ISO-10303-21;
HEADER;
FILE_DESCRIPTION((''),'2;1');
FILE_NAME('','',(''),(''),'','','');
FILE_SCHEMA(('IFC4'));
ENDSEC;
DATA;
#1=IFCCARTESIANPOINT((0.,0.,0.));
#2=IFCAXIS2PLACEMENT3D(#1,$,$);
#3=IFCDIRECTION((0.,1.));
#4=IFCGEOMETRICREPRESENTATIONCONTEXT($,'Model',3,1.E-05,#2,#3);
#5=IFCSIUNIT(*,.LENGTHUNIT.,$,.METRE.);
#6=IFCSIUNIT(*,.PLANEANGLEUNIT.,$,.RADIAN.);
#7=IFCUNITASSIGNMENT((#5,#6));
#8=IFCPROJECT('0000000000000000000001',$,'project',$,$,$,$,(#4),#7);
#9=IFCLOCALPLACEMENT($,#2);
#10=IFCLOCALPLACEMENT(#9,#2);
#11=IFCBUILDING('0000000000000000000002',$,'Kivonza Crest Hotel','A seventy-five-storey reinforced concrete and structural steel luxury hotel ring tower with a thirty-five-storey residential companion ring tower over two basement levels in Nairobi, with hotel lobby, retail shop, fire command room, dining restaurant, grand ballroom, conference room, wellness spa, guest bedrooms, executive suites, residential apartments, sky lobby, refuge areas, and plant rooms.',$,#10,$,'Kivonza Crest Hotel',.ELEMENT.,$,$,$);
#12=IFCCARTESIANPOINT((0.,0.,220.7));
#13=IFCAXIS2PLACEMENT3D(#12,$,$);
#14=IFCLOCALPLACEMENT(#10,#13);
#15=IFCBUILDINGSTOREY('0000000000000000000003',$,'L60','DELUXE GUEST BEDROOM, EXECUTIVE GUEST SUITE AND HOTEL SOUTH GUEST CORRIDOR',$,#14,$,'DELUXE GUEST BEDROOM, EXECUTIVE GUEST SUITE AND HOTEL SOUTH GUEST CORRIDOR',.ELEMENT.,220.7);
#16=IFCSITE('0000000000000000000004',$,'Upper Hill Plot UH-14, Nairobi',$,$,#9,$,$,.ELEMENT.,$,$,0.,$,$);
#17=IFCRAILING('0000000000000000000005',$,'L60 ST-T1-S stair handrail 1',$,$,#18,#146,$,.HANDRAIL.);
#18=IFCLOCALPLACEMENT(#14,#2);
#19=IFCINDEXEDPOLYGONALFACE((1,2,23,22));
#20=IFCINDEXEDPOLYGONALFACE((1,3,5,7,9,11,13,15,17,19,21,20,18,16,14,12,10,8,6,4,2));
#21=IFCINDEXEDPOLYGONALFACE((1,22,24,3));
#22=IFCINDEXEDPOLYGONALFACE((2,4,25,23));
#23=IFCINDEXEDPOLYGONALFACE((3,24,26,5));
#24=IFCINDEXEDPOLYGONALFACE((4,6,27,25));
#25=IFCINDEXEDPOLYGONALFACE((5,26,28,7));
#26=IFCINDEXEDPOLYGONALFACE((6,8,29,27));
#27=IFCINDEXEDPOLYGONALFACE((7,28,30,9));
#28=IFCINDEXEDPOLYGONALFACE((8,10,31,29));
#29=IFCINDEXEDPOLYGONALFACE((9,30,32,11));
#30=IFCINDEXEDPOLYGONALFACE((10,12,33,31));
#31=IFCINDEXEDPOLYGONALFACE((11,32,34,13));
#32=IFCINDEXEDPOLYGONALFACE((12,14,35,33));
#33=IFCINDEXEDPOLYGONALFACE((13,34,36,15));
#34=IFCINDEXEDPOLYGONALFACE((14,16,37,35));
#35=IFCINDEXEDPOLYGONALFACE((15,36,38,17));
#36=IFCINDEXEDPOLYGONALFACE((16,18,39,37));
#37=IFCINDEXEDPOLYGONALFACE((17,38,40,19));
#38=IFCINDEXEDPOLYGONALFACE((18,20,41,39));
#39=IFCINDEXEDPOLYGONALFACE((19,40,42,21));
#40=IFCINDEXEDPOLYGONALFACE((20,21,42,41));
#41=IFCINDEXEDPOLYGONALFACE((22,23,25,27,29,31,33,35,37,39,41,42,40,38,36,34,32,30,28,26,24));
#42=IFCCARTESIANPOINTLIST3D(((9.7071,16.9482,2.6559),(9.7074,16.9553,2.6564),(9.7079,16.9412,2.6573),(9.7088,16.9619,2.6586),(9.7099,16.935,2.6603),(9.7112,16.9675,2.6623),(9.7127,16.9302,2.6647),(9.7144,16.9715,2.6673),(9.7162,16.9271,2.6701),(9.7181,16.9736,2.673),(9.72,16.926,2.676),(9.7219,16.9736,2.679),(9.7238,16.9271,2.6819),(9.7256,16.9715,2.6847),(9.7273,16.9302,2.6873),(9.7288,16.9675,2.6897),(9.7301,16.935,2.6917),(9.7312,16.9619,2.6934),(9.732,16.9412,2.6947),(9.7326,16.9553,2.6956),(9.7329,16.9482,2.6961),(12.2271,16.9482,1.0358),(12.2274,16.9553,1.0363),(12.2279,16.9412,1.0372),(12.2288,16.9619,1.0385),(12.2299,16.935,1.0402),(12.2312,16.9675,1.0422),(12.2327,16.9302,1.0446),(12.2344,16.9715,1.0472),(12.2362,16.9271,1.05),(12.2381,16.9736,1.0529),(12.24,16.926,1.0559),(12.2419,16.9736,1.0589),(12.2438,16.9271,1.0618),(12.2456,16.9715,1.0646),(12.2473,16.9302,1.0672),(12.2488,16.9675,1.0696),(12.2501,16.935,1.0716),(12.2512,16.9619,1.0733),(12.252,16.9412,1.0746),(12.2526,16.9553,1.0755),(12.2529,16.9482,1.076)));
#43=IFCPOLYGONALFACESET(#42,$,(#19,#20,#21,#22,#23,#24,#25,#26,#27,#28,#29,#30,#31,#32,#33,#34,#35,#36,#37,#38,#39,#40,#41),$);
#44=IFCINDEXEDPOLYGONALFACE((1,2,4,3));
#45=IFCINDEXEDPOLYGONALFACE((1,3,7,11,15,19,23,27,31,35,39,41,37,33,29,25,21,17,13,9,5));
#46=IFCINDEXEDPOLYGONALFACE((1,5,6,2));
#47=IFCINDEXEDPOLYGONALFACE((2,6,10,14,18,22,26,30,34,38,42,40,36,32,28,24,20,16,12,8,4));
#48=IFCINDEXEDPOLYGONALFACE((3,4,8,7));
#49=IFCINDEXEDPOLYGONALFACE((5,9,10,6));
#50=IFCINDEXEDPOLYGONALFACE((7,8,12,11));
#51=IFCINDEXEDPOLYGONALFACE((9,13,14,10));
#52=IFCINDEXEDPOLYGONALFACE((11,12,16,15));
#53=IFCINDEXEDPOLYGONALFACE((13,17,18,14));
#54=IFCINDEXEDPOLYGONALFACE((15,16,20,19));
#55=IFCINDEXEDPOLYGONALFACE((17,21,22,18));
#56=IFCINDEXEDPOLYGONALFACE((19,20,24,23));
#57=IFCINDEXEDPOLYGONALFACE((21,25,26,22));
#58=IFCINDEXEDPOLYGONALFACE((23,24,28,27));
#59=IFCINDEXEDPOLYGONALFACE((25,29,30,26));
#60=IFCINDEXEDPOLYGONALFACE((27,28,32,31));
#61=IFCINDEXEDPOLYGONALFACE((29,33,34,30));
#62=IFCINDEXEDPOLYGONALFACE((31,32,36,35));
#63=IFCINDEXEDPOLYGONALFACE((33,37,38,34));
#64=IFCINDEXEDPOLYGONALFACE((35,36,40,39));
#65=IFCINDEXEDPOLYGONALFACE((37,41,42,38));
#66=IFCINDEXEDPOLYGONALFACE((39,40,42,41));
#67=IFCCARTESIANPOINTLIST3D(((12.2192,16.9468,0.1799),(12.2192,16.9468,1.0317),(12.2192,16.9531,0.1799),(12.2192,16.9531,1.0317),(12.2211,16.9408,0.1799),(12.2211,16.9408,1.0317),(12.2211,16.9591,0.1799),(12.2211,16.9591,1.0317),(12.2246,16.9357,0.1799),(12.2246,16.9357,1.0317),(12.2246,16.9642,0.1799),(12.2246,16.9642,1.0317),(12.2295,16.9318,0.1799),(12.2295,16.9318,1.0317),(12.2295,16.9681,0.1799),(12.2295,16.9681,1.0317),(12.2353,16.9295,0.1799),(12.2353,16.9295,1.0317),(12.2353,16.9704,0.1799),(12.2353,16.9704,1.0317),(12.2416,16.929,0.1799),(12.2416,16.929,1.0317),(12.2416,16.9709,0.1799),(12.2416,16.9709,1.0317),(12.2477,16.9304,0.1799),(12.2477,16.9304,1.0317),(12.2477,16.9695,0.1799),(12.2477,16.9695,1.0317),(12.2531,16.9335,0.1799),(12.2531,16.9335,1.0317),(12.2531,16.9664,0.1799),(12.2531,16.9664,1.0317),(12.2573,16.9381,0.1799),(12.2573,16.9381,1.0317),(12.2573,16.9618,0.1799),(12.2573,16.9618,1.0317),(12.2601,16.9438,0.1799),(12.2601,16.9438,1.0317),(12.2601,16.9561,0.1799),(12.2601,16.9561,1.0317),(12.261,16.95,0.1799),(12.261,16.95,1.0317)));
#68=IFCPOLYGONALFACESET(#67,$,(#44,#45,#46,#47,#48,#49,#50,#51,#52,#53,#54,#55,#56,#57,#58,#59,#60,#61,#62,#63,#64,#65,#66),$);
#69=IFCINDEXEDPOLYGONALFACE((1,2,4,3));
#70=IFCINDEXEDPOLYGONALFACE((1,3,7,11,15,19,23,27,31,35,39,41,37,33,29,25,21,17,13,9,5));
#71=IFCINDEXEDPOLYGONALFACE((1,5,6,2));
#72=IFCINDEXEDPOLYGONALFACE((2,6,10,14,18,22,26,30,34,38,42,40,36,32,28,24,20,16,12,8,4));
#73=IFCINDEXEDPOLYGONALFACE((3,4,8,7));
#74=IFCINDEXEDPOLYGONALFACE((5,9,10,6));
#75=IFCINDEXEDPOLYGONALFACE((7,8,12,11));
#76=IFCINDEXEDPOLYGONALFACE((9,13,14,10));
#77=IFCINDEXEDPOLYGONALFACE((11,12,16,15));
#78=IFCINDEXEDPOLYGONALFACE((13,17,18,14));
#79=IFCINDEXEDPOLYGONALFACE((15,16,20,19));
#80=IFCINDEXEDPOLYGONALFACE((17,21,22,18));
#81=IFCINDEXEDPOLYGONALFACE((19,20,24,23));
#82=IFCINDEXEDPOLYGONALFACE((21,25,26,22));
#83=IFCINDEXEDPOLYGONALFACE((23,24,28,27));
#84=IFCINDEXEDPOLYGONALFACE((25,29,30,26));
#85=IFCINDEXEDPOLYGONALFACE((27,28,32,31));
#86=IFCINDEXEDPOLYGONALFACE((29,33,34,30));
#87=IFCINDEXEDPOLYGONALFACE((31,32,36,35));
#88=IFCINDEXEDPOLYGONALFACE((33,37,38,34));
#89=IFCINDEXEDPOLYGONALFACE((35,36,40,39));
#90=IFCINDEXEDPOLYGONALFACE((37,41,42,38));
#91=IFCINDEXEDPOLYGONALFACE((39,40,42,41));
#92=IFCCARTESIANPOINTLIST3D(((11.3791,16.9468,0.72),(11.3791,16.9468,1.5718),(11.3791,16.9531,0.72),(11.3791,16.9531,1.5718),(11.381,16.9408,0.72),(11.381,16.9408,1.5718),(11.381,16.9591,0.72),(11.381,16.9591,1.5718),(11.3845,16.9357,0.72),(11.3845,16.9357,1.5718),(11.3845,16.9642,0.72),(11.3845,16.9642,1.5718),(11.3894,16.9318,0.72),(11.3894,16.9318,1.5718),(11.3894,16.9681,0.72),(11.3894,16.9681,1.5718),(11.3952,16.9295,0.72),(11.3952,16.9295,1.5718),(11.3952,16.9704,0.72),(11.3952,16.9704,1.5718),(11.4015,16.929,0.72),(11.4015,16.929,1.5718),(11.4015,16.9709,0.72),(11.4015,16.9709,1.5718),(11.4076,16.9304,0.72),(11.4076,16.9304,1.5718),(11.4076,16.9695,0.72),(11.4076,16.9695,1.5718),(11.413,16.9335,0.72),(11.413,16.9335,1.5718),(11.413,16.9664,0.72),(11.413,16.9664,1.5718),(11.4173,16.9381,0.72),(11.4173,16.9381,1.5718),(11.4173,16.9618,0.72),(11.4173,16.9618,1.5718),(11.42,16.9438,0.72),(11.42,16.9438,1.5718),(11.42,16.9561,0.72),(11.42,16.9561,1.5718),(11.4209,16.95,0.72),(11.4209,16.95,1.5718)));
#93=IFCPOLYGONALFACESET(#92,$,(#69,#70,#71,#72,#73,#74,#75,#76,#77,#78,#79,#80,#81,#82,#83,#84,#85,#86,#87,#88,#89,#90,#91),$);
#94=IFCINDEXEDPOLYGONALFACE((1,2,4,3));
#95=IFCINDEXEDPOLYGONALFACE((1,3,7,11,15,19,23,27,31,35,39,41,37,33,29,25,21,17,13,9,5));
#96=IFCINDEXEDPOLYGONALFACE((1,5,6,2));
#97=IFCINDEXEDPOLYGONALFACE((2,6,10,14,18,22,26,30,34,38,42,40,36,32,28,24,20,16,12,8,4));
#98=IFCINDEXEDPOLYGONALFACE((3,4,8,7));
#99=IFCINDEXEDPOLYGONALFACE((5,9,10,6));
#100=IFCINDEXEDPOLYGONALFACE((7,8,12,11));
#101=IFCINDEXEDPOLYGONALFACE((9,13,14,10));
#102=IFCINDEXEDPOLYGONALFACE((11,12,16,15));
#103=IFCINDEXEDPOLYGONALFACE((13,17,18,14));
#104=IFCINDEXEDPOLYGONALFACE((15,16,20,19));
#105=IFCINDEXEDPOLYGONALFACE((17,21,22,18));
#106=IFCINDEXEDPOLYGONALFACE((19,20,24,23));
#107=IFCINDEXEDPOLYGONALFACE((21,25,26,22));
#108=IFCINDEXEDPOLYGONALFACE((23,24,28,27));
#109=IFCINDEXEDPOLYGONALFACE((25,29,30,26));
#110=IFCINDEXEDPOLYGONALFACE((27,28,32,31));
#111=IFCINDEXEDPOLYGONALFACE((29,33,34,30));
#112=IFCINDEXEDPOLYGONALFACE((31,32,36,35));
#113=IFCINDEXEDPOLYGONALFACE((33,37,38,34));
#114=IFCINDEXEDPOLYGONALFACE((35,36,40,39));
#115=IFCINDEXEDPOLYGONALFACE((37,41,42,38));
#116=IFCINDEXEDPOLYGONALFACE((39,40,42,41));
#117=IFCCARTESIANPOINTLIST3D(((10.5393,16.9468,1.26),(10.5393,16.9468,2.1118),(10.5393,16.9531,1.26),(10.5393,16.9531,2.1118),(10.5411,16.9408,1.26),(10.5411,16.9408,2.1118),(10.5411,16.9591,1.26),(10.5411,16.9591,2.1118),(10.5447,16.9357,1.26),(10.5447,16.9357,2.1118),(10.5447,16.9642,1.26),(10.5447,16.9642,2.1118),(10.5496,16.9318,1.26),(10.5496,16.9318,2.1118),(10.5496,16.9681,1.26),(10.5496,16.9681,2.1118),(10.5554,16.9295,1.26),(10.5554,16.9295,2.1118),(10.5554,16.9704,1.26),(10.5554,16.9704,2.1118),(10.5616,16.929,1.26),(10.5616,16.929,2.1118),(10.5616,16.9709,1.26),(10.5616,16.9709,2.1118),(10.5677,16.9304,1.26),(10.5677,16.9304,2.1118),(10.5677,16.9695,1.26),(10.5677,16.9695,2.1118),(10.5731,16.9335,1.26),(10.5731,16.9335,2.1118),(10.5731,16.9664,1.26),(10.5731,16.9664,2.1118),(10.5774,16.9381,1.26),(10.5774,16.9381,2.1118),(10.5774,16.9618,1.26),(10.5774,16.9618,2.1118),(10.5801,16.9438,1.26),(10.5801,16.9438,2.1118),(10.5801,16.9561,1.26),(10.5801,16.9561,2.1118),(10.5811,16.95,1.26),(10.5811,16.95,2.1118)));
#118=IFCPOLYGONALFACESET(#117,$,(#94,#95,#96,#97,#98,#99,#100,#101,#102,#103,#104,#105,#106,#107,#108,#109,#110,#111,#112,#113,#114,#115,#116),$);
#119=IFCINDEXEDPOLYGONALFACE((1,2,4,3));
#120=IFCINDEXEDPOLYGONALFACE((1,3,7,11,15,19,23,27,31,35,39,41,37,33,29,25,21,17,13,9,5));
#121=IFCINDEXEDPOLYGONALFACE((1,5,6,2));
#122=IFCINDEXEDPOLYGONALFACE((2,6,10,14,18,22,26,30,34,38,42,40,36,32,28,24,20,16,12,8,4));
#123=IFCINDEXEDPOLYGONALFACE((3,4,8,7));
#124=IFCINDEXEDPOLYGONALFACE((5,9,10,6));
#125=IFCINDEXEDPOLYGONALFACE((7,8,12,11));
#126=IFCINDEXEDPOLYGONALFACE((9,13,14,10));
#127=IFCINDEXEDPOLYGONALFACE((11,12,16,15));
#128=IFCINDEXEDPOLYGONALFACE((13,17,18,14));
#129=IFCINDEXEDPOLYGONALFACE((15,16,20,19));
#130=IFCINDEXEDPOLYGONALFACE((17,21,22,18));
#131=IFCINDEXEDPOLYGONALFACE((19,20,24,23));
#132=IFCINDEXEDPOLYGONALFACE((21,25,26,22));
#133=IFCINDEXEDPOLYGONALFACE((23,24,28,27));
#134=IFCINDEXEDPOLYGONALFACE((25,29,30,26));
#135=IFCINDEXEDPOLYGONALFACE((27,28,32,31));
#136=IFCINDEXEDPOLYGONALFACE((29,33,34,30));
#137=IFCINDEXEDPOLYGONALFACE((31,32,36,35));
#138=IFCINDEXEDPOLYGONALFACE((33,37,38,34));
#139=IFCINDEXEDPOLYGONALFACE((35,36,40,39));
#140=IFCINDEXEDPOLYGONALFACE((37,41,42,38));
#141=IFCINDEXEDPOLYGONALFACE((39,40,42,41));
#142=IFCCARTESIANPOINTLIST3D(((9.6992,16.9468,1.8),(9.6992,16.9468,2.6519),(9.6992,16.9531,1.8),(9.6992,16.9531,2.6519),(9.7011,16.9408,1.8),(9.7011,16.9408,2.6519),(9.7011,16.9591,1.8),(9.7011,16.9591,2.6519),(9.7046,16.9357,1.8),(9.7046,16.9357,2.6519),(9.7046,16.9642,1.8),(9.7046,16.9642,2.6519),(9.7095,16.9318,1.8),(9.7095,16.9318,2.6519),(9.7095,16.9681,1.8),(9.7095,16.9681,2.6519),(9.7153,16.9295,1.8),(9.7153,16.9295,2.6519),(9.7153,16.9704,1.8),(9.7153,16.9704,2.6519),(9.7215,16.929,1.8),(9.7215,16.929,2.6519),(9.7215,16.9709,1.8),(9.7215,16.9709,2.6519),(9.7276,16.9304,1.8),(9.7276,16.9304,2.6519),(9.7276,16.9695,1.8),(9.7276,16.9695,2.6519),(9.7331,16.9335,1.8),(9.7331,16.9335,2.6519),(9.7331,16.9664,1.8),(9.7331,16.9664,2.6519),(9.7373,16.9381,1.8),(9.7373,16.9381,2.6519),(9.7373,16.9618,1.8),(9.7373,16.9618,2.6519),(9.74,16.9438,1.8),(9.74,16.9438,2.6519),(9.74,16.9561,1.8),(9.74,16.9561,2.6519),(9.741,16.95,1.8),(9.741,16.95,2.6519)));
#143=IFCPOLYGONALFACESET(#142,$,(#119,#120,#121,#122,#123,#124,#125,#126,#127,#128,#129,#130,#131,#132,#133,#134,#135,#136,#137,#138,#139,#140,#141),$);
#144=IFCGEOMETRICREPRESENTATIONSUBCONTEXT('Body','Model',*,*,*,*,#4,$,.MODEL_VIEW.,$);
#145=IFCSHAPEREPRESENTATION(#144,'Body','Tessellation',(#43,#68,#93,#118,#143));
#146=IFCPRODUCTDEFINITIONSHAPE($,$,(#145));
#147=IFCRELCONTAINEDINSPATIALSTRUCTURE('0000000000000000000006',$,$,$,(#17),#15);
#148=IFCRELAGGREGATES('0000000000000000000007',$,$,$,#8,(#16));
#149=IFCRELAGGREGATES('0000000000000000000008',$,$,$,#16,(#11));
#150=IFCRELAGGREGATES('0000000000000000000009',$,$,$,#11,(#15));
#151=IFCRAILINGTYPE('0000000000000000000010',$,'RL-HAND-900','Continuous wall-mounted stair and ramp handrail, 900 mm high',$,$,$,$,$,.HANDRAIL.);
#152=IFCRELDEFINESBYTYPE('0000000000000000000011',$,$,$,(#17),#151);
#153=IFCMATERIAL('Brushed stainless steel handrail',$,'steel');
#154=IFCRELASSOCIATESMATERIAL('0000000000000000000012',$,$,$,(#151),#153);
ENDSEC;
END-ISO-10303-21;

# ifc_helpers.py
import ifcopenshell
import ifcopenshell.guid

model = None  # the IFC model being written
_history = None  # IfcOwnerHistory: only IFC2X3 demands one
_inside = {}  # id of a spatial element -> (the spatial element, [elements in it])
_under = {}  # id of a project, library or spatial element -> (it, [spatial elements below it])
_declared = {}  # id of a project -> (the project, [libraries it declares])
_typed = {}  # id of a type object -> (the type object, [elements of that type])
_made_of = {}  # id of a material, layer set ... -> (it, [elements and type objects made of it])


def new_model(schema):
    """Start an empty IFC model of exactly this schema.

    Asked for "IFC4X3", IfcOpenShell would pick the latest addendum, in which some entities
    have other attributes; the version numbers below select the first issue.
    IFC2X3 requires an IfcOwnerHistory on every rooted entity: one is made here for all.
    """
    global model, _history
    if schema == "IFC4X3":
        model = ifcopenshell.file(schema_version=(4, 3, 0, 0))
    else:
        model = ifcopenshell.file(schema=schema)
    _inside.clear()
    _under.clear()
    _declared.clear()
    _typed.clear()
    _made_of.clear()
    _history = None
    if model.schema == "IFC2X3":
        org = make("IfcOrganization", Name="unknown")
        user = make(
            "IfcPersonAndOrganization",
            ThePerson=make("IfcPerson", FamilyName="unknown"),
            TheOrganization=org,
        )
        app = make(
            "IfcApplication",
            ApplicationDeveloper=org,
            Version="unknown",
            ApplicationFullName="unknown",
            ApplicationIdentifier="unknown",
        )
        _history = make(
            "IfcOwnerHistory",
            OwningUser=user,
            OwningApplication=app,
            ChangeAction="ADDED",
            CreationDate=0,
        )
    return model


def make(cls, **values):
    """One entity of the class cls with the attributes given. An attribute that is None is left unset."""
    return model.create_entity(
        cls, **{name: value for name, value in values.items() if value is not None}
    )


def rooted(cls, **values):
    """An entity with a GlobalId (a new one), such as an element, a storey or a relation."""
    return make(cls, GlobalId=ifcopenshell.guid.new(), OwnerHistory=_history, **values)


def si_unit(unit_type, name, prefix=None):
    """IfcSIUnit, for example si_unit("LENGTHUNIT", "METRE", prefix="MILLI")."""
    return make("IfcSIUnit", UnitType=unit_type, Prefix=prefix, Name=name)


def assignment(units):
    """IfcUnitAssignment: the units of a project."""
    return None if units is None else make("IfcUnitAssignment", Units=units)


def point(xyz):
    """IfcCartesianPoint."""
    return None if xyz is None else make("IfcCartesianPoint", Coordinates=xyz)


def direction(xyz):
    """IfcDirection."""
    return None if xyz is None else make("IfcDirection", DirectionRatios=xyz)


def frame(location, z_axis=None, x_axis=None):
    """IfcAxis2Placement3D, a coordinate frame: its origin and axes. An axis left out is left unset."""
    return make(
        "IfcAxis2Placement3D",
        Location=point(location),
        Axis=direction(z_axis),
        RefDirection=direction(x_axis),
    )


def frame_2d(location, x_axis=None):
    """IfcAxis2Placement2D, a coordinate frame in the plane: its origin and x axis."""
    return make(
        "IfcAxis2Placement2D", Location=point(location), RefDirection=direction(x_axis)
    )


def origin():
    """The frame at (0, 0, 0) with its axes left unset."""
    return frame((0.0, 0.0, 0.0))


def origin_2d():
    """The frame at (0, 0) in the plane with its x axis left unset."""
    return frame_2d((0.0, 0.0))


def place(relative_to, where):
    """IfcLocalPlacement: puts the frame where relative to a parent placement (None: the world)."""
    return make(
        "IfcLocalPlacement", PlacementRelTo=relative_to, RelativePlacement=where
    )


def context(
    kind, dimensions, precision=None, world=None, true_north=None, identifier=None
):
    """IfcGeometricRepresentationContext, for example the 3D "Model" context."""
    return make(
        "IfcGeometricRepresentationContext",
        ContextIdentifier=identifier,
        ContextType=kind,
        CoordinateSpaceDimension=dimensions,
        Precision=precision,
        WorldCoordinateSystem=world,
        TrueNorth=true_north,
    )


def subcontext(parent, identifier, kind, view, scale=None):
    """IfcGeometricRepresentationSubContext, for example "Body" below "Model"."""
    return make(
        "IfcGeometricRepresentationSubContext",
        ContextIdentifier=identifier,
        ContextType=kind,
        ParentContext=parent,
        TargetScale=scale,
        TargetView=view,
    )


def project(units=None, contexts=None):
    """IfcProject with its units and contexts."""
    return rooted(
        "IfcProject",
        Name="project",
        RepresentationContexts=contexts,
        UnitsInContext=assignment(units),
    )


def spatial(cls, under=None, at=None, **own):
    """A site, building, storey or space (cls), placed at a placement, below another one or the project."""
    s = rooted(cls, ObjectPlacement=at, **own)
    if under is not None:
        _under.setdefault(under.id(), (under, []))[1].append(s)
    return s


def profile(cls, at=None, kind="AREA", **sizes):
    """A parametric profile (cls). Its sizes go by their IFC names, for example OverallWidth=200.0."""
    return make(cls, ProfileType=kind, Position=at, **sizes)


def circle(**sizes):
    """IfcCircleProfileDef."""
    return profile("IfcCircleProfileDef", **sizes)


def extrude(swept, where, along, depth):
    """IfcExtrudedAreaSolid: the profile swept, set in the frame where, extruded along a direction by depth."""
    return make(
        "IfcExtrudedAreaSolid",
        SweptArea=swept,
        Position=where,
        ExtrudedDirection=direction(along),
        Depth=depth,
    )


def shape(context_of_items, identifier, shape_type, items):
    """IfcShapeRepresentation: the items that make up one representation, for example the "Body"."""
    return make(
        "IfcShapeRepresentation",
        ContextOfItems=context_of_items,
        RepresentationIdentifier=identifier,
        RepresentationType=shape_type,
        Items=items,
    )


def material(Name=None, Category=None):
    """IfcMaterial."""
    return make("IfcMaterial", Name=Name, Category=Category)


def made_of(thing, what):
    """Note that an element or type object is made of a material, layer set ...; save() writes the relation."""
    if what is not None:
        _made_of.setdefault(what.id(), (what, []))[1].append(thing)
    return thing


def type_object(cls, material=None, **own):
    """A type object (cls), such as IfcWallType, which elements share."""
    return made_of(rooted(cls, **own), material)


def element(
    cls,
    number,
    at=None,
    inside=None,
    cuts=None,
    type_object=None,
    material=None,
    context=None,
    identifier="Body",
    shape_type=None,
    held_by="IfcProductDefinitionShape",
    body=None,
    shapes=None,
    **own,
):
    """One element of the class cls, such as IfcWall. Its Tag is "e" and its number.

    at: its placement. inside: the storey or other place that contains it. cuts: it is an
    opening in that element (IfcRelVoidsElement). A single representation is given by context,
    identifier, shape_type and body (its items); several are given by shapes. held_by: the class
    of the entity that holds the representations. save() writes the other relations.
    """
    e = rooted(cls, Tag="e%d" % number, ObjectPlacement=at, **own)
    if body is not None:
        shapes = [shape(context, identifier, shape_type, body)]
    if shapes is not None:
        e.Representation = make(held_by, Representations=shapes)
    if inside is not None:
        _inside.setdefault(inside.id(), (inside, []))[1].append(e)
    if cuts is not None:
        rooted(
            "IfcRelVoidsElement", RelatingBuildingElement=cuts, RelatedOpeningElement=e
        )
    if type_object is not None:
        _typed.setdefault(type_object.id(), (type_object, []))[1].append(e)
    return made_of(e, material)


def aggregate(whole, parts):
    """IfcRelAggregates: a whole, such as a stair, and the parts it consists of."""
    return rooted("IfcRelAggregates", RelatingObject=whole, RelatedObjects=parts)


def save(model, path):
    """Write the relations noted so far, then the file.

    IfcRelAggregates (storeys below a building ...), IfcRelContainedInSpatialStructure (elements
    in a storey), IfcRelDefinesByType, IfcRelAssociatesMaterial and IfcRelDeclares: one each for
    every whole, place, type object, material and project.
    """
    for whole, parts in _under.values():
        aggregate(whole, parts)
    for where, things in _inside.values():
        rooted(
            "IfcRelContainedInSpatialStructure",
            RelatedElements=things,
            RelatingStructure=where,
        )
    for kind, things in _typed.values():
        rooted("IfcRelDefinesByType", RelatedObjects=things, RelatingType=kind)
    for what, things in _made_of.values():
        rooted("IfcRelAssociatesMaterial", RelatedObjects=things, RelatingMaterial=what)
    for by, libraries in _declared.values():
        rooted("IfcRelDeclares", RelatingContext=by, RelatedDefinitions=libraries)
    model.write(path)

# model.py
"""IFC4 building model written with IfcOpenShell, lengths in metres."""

from ifc_helpers import new_model, si_unit, direction, frame, origin, origin_2d, place, context, subcontext, project, spatial, circle, extrude, material, type_object, element, save


model = new_model("IFC4")

# Units and contexts
model_context = context("Model", 3, precision=1e-05, world=origin(), true_north=direction((0.0, 1.0)))
body_context = subcontext(model_context, "Body", "Model", "MODEL_VIEW")
ifc_project = project(units=[si_unit("LENGTHUNIT", "METRE"), si_unit("PLANEANGLEUNIT", "RADIAN")], contexts=[model_context])

# Site, building, storey
site_placement = place(None, origin())
site = spatial("IfcSite", under=ifc_project, at=site_placement, Name="Upper Hill Plot UH-14, Nairobi", CompositionType="ELEMENT", RefElevation=0.0)
building_placement = place(site_placement, origin())
building = spatial("IfcBuilding", under=site, at=building_placement, Name="Kivonza Crest Hotel", Description="A seventy-five-storey reinforced concrete and structural steel luxury hotel ring tower with a thirty-five-storey residential companion ring tower over two basement levels in Nairobi, with hotel lobby, retail shop, fire command room, dining restaurant, grand ballroom, conference room, wellness spa, guest bedrooms, executive suites, residential apartments, sky lobby, refuge areas, and plant rooms.", LongName="Kivonza Crest Hotel", CompositionType="ELEMENT")
storey_placement = place(building_placement, frame((0.0, 0.0, 220.7)))
storey = spatial("IfcBuildingStorey", under=building, at=storey_placement, Name="L60", Description="DELUXE GUEST BEDROOM, EXECUTIVE GUEST SUITE AND HOTEL SOUTH GUEST CORRIDOR", LongName="DELUXE GUEST BEDROOM, EXECUTIVE GUEST SUITE AND HOTEL SOUTH GUEST CORRIDOR", CompositionType="ELEMENT", Elevation=220.7)

# Railing
ifc_material_1 = material(Name="Brushed stainless steel handrail", Category="steel")
railing_type_1 = type_object("IfcRailingType", Name="RL-HAND-900", Description="Continuous wall-mounted stair and ramp handrail, 900 mm high", PredefinedType="HANDRAIL", material=ifc_material_1)
railing_1_placement = place(storey_placement, frame((12.24, 16.95, 0.1799)))
element("IfcRailing", 1, at=railing_1_placement, inside=storey, type_object=railing_type_1, Name="L60 ST-T1-S stair handrail 1", PredefinedType="HANDRAIL", context=body_context, shape_type="SweptSolid", body=[
    extrude(circle(Radius=0.0239, at=origin_2d()), frame((0.0, 0.0, 0.876), z_axis=(-0.841163, 0.0, 0.540782), x_axis=(0.0, -1.0, 0.0)), (0.0, 0.0, 1.0), 2.9958),
    extrude(circle(Radius=0.021, at=origin_2d()), origin(), (0.0, 0.0, 1.0), 0.8518),
    extrude(circle(Radius=0.021, at=origin_2d()), frame((-0.8401, 0.0, 0.54)), (0.0, 0.0, 1.0), 0.8518),
    extrude(circle(Radius=0.021, at=origin_2d()), frame((-1.6799, 0.0, 1.0801)), (0.0, 0.0, 1.0), 0.8518),
    extrude(circle(Radius=0.021, at=origin_2d()), frame((-2.52, 0.0, 1.6201)), (0.0, 0.0, 1.0), 0.8518),
])

save(model, "model.ifc")
